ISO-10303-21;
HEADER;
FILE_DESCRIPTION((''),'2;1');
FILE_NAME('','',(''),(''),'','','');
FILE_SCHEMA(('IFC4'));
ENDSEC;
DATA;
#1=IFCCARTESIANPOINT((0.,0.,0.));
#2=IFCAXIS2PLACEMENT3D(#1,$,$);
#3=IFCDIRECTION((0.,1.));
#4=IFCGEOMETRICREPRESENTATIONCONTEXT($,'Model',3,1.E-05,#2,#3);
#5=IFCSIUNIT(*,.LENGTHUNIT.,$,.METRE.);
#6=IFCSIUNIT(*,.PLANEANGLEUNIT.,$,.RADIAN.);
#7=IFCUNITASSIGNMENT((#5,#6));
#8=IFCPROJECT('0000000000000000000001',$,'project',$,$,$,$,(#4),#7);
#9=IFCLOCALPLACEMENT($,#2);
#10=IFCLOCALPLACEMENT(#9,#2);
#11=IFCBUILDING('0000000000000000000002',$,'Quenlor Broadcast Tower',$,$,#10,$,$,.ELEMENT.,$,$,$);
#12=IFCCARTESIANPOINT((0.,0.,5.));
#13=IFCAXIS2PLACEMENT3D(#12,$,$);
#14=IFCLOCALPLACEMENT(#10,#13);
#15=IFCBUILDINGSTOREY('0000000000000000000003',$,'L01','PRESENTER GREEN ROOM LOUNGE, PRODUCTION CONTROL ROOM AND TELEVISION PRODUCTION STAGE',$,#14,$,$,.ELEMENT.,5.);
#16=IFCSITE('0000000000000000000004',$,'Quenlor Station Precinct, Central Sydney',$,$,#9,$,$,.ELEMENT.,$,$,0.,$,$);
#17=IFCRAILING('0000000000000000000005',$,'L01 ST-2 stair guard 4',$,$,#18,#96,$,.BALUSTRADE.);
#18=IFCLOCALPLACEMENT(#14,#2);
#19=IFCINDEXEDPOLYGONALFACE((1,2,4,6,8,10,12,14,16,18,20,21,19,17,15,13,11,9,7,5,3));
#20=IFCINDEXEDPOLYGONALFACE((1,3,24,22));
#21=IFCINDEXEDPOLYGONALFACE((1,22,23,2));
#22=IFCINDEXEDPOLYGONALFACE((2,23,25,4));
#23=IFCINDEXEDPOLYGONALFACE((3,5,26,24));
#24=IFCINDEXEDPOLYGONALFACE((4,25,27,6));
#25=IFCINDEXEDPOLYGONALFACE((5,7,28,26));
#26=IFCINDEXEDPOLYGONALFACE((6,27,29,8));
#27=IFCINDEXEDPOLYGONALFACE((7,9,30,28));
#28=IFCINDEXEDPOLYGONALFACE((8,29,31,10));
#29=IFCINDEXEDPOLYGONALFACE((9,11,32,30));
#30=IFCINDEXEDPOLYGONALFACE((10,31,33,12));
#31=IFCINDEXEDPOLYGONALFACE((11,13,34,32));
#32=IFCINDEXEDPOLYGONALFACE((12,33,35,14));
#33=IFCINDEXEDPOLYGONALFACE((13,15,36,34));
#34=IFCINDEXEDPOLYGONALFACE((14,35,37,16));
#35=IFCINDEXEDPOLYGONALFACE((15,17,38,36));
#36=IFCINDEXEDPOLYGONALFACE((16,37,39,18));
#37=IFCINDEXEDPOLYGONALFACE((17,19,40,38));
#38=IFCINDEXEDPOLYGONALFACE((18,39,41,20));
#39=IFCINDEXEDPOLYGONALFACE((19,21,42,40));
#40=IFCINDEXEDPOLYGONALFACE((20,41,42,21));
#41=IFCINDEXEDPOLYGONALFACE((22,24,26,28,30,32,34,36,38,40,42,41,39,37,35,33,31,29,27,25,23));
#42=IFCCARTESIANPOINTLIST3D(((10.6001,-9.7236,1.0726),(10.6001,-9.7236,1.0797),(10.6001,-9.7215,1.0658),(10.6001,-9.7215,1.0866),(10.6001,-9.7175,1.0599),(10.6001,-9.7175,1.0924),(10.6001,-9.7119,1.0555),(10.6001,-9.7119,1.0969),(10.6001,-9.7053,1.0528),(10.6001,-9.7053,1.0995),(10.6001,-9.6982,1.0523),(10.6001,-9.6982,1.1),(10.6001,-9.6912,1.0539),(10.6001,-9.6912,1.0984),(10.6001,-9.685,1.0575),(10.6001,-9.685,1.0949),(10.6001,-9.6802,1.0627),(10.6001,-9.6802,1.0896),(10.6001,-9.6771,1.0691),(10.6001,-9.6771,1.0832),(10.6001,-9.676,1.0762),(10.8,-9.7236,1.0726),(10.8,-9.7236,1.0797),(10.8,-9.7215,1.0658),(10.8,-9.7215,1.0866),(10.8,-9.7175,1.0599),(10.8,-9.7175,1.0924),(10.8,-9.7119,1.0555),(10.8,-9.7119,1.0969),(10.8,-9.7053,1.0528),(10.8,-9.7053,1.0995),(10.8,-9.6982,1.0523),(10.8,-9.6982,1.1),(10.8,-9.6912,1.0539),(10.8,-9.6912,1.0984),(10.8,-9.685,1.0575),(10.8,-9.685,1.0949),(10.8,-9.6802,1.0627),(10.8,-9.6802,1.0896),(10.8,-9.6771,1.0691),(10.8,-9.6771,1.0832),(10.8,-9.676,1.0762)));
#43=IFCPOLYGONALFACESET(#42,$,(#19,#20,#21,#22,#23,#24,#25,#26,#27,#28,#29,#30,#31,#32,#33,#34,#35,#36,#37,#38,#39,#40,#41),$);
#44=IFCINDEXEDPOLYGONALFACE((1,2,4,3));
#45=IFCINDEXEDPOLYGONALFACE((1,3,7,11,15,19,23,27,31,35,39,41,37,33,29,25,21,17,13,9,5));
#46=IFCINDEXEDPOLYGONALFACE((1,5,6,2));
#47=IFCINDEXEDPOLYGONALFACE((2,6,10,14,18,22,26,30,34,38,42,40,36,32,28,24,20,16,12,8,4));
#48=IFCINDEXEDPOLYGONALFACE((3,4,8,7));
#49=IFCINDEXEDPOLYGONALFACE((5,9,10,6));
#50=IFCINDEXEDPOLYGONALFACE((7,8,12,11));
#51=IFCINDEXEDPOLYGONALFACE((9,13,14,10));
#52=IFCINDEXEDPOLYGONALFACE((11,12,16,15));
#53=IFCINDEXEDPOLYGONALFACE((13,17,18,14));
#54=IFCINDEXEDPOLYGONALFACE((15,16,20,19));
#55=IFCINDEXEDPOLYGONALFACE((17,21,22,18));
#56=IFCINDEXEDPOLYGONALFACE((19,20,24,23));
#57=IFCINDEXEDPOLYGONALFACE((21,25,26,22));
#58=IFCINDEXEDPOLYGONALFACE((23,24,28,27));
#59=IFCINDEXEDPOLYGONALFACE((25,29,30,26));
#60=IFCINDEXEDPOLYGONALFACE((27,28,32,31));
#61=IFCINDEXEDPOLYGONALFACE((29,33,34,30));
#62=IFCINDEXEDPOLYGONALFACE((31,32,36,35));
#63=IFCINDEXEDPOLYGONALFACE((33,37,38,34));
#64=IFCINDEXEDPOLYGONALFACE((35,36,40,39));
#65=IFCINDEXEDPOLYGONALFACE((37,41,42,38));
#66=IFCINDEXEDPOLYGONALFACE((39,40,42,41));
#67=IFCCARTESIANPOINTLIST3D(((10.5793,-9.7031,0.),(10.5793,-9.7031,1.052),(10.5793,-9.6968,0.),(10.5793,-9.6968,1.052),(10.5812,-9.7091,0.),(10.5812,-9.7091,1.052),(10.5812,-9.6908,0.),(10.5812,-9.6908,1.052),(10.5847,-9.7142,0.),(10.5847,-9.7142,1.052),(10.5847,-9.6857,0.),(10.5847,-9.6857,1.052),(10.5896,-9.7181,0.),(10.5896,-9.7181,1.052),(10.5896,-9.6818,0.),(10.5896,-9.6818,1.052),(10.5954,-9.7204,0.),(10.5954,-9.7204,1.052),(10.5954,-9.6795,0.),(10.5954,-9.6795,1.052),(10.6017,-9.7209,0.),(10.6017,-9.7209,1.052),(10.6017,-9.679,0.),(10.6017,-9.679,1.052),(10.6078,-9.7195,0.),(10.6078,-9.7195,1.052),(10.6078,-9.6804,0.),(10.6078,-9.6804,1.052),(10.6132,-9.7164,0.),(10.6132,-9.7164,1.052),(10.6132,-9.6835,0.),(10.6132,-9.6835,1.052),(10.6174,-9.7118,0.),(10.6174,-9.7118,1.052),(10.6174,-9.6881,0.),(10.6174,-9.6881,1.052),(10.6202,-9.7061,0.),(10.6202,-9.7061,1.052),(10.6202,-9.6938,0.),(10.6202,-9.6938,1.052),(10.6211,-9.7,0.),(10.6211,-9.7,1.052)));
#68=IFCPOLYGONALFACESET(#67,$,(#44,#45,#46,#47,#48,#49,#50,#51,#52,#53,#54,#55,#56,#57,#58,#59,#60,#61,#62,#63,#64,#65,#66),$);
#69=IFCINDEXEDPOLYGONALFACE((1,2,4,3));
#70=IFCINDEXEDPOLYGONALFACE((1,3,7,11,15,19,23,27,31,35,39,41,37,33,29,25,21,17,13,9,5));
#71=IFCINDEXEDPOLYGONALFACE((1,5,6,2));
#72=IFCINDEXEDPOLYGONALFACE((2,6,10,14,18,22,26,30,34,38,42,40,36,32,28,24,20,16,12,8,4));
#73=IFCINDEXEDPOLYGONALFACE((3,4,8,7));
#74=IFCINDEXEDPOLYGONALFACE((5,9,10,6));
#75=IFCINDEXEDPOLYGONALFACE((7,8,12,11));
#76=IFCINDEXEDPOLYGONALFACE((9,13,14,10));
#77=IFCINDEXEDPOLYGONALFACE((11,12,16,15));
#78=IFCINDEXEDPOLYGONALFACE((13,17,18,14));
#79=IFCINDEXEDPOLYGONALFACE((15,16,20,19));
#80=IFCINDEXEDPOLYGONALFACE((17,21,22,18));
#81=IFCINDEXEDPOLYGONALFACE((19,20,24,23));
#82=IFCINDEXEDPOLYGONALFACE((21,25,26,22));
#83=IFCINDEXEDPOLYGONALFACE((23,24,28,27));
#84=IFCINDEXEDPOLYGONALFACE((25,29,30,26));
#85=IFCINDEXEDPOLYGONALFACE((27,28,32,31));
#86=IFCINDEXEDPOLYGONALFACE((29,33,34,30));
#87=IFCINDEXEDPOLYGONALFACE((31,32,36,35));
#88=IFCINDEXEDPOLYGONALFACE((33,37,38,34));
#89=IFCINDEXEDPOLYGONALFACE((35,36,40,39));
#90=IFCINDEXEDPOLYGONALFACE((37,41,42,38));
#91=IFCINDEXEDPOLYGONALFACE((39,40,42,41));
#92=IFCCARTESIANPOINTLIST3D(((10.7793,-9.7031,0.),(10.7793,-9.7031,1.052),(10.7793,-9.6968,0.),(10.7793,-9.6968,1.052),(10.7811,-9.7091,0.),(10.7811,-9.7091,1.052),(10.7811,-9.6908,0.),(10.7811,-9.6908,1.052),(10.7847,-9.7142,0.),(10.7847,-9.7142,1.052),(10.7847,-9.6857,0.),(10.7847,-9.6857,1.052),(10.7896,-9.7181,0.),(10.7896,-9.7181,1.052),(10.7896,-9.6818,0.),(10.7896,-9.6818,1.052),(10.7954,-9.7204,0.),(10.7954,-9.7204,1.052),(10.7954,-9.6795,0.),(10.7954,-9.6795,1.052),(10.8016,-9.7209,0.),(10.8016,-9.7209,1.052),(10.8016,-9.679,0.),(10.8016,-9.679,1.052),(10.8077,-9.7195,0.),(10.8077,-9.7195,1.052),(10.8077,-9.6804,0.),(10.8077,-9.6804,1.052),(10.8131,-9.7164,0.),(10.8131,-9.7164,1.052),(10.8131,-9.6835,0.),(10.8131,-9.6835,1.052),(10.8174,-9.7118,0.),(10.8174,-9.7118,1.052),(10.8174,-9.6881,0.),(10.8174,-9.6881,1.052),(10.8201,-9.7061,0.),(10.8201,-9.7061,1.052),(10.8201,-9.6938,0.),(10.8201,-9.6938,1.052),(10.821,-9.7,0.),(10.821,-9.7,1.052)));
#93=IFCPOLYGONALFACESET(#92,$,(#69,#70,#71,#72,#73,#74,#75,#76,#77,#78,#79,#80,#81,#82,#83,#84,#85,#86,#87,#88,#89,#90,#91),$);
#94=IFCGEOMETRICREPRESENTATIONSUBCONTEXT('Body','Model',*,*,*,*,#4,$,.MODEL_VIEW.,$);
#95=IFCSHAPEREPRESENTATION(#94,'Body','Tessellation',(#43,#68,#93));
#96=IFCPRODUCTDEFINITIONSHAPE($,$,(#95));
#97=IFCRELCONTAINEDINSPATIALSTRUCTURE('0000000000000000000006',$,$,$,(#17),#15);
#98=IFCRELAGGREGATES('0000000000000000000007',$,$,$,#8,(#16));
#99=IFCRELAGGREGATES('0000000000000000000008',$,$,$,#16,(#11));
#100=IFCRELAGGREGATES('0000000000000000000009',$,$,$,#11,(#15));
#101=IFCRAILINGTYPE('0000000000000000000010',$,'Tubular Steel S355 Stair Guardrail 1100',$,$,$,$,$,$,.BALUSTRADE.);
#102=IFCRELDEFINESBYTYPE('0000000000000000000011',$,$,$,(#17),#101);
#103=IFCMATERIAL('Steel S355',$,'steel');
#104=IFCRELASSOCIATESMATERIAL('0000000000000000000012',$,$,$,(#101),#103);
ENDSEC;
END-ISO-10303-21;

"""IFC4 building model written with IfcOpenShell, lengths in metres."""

from ifc_helpers import new_model, si_unit, direction, frame, origin, origin_2d, place, context, subcontext, project, spatial, circle, extrude, material, type_object, element, save


model = new_model("IFC4")

# Units and contexts
model_context = context("Model", 3, precision=1e-05, world=origin(), true_north=direction((0.0, 1.0)))
body_context = subcontext(model_context, "Body", "Model", "MODEL_VIEW")
ifc_project = project(units=[si_unit("LENGTHUNIT", "METRE"), si_unit("PLANEANGLEUNIT", "RADIAN")], contexts=[model_context])

# Site, building, storey
site_placement = place(None, origin())
site = spatial("IfcSite", under=ifc_project, at=site_placement, Name="Quenlor Station Precinct, Central Sydney", CompositionType="ELEMENT", RefElevation=0.0)
building_placement = place(site_placement, origin())
building = spatial("IfcBuilding", under=site, at=building_placement, Name="Quenlor Broadcast Tower", CompositionType="ELEMENT")
storey_placement = place(building_placement, frame((0.0, 0.0, 5.0)))
storey = spatial("IfcBuildingStorey", under=building, at=storey_placement, Name="L01", Description="PRESENTER GREEN ROOM LOUNGE, PRODUCTION CONTROL ROOM AND TELEVISION PRODUCTION STAGE", CompositionType="ELEMENT", Elevation=5.0)

# Railing
ifc_material_1 = material(Name="Steel S355", Category="steel")
railing_type_1 = type_object("IfcRailingType", Name="Tubular Steel S355 Stair Guardrail 1100", PredefinedType="BALUSTRADE", material=ifc_material_1)
railing_1_placement = place(storey_placement, frame((10.6001, -9.7, 0.0)))
element("IfcRailing", 1, at=railing_1_placement, inside=storey, type_object=railing_type_1, Name="L01 ST-2 stair guard 4", PredefinedType="BALUSTRADE", context=body_context, shape_type="SweptSolid", body=[
    extrude(circle(Radius=0.0239, at=origin_2d()), frame((0.0, 0.0, 1.0762), z_axis=(1.0, 0.0, 0.0), x_axis=(0.0, 1.0, 0.0)), (0.0, 0.0, 1.0), 0.2),
    extrude(circle(Radius=0.021, at=origin_2d()), origin(), (0.0, 0.0, 1.0), 1.052),
    extrude(circle(Radius=0.021, at=origin_2d()), frame((0.2, 0.0, 0.0)), (0.0, 0.0, 1.0), 1.052),
])

save(model, "model.ifc")
